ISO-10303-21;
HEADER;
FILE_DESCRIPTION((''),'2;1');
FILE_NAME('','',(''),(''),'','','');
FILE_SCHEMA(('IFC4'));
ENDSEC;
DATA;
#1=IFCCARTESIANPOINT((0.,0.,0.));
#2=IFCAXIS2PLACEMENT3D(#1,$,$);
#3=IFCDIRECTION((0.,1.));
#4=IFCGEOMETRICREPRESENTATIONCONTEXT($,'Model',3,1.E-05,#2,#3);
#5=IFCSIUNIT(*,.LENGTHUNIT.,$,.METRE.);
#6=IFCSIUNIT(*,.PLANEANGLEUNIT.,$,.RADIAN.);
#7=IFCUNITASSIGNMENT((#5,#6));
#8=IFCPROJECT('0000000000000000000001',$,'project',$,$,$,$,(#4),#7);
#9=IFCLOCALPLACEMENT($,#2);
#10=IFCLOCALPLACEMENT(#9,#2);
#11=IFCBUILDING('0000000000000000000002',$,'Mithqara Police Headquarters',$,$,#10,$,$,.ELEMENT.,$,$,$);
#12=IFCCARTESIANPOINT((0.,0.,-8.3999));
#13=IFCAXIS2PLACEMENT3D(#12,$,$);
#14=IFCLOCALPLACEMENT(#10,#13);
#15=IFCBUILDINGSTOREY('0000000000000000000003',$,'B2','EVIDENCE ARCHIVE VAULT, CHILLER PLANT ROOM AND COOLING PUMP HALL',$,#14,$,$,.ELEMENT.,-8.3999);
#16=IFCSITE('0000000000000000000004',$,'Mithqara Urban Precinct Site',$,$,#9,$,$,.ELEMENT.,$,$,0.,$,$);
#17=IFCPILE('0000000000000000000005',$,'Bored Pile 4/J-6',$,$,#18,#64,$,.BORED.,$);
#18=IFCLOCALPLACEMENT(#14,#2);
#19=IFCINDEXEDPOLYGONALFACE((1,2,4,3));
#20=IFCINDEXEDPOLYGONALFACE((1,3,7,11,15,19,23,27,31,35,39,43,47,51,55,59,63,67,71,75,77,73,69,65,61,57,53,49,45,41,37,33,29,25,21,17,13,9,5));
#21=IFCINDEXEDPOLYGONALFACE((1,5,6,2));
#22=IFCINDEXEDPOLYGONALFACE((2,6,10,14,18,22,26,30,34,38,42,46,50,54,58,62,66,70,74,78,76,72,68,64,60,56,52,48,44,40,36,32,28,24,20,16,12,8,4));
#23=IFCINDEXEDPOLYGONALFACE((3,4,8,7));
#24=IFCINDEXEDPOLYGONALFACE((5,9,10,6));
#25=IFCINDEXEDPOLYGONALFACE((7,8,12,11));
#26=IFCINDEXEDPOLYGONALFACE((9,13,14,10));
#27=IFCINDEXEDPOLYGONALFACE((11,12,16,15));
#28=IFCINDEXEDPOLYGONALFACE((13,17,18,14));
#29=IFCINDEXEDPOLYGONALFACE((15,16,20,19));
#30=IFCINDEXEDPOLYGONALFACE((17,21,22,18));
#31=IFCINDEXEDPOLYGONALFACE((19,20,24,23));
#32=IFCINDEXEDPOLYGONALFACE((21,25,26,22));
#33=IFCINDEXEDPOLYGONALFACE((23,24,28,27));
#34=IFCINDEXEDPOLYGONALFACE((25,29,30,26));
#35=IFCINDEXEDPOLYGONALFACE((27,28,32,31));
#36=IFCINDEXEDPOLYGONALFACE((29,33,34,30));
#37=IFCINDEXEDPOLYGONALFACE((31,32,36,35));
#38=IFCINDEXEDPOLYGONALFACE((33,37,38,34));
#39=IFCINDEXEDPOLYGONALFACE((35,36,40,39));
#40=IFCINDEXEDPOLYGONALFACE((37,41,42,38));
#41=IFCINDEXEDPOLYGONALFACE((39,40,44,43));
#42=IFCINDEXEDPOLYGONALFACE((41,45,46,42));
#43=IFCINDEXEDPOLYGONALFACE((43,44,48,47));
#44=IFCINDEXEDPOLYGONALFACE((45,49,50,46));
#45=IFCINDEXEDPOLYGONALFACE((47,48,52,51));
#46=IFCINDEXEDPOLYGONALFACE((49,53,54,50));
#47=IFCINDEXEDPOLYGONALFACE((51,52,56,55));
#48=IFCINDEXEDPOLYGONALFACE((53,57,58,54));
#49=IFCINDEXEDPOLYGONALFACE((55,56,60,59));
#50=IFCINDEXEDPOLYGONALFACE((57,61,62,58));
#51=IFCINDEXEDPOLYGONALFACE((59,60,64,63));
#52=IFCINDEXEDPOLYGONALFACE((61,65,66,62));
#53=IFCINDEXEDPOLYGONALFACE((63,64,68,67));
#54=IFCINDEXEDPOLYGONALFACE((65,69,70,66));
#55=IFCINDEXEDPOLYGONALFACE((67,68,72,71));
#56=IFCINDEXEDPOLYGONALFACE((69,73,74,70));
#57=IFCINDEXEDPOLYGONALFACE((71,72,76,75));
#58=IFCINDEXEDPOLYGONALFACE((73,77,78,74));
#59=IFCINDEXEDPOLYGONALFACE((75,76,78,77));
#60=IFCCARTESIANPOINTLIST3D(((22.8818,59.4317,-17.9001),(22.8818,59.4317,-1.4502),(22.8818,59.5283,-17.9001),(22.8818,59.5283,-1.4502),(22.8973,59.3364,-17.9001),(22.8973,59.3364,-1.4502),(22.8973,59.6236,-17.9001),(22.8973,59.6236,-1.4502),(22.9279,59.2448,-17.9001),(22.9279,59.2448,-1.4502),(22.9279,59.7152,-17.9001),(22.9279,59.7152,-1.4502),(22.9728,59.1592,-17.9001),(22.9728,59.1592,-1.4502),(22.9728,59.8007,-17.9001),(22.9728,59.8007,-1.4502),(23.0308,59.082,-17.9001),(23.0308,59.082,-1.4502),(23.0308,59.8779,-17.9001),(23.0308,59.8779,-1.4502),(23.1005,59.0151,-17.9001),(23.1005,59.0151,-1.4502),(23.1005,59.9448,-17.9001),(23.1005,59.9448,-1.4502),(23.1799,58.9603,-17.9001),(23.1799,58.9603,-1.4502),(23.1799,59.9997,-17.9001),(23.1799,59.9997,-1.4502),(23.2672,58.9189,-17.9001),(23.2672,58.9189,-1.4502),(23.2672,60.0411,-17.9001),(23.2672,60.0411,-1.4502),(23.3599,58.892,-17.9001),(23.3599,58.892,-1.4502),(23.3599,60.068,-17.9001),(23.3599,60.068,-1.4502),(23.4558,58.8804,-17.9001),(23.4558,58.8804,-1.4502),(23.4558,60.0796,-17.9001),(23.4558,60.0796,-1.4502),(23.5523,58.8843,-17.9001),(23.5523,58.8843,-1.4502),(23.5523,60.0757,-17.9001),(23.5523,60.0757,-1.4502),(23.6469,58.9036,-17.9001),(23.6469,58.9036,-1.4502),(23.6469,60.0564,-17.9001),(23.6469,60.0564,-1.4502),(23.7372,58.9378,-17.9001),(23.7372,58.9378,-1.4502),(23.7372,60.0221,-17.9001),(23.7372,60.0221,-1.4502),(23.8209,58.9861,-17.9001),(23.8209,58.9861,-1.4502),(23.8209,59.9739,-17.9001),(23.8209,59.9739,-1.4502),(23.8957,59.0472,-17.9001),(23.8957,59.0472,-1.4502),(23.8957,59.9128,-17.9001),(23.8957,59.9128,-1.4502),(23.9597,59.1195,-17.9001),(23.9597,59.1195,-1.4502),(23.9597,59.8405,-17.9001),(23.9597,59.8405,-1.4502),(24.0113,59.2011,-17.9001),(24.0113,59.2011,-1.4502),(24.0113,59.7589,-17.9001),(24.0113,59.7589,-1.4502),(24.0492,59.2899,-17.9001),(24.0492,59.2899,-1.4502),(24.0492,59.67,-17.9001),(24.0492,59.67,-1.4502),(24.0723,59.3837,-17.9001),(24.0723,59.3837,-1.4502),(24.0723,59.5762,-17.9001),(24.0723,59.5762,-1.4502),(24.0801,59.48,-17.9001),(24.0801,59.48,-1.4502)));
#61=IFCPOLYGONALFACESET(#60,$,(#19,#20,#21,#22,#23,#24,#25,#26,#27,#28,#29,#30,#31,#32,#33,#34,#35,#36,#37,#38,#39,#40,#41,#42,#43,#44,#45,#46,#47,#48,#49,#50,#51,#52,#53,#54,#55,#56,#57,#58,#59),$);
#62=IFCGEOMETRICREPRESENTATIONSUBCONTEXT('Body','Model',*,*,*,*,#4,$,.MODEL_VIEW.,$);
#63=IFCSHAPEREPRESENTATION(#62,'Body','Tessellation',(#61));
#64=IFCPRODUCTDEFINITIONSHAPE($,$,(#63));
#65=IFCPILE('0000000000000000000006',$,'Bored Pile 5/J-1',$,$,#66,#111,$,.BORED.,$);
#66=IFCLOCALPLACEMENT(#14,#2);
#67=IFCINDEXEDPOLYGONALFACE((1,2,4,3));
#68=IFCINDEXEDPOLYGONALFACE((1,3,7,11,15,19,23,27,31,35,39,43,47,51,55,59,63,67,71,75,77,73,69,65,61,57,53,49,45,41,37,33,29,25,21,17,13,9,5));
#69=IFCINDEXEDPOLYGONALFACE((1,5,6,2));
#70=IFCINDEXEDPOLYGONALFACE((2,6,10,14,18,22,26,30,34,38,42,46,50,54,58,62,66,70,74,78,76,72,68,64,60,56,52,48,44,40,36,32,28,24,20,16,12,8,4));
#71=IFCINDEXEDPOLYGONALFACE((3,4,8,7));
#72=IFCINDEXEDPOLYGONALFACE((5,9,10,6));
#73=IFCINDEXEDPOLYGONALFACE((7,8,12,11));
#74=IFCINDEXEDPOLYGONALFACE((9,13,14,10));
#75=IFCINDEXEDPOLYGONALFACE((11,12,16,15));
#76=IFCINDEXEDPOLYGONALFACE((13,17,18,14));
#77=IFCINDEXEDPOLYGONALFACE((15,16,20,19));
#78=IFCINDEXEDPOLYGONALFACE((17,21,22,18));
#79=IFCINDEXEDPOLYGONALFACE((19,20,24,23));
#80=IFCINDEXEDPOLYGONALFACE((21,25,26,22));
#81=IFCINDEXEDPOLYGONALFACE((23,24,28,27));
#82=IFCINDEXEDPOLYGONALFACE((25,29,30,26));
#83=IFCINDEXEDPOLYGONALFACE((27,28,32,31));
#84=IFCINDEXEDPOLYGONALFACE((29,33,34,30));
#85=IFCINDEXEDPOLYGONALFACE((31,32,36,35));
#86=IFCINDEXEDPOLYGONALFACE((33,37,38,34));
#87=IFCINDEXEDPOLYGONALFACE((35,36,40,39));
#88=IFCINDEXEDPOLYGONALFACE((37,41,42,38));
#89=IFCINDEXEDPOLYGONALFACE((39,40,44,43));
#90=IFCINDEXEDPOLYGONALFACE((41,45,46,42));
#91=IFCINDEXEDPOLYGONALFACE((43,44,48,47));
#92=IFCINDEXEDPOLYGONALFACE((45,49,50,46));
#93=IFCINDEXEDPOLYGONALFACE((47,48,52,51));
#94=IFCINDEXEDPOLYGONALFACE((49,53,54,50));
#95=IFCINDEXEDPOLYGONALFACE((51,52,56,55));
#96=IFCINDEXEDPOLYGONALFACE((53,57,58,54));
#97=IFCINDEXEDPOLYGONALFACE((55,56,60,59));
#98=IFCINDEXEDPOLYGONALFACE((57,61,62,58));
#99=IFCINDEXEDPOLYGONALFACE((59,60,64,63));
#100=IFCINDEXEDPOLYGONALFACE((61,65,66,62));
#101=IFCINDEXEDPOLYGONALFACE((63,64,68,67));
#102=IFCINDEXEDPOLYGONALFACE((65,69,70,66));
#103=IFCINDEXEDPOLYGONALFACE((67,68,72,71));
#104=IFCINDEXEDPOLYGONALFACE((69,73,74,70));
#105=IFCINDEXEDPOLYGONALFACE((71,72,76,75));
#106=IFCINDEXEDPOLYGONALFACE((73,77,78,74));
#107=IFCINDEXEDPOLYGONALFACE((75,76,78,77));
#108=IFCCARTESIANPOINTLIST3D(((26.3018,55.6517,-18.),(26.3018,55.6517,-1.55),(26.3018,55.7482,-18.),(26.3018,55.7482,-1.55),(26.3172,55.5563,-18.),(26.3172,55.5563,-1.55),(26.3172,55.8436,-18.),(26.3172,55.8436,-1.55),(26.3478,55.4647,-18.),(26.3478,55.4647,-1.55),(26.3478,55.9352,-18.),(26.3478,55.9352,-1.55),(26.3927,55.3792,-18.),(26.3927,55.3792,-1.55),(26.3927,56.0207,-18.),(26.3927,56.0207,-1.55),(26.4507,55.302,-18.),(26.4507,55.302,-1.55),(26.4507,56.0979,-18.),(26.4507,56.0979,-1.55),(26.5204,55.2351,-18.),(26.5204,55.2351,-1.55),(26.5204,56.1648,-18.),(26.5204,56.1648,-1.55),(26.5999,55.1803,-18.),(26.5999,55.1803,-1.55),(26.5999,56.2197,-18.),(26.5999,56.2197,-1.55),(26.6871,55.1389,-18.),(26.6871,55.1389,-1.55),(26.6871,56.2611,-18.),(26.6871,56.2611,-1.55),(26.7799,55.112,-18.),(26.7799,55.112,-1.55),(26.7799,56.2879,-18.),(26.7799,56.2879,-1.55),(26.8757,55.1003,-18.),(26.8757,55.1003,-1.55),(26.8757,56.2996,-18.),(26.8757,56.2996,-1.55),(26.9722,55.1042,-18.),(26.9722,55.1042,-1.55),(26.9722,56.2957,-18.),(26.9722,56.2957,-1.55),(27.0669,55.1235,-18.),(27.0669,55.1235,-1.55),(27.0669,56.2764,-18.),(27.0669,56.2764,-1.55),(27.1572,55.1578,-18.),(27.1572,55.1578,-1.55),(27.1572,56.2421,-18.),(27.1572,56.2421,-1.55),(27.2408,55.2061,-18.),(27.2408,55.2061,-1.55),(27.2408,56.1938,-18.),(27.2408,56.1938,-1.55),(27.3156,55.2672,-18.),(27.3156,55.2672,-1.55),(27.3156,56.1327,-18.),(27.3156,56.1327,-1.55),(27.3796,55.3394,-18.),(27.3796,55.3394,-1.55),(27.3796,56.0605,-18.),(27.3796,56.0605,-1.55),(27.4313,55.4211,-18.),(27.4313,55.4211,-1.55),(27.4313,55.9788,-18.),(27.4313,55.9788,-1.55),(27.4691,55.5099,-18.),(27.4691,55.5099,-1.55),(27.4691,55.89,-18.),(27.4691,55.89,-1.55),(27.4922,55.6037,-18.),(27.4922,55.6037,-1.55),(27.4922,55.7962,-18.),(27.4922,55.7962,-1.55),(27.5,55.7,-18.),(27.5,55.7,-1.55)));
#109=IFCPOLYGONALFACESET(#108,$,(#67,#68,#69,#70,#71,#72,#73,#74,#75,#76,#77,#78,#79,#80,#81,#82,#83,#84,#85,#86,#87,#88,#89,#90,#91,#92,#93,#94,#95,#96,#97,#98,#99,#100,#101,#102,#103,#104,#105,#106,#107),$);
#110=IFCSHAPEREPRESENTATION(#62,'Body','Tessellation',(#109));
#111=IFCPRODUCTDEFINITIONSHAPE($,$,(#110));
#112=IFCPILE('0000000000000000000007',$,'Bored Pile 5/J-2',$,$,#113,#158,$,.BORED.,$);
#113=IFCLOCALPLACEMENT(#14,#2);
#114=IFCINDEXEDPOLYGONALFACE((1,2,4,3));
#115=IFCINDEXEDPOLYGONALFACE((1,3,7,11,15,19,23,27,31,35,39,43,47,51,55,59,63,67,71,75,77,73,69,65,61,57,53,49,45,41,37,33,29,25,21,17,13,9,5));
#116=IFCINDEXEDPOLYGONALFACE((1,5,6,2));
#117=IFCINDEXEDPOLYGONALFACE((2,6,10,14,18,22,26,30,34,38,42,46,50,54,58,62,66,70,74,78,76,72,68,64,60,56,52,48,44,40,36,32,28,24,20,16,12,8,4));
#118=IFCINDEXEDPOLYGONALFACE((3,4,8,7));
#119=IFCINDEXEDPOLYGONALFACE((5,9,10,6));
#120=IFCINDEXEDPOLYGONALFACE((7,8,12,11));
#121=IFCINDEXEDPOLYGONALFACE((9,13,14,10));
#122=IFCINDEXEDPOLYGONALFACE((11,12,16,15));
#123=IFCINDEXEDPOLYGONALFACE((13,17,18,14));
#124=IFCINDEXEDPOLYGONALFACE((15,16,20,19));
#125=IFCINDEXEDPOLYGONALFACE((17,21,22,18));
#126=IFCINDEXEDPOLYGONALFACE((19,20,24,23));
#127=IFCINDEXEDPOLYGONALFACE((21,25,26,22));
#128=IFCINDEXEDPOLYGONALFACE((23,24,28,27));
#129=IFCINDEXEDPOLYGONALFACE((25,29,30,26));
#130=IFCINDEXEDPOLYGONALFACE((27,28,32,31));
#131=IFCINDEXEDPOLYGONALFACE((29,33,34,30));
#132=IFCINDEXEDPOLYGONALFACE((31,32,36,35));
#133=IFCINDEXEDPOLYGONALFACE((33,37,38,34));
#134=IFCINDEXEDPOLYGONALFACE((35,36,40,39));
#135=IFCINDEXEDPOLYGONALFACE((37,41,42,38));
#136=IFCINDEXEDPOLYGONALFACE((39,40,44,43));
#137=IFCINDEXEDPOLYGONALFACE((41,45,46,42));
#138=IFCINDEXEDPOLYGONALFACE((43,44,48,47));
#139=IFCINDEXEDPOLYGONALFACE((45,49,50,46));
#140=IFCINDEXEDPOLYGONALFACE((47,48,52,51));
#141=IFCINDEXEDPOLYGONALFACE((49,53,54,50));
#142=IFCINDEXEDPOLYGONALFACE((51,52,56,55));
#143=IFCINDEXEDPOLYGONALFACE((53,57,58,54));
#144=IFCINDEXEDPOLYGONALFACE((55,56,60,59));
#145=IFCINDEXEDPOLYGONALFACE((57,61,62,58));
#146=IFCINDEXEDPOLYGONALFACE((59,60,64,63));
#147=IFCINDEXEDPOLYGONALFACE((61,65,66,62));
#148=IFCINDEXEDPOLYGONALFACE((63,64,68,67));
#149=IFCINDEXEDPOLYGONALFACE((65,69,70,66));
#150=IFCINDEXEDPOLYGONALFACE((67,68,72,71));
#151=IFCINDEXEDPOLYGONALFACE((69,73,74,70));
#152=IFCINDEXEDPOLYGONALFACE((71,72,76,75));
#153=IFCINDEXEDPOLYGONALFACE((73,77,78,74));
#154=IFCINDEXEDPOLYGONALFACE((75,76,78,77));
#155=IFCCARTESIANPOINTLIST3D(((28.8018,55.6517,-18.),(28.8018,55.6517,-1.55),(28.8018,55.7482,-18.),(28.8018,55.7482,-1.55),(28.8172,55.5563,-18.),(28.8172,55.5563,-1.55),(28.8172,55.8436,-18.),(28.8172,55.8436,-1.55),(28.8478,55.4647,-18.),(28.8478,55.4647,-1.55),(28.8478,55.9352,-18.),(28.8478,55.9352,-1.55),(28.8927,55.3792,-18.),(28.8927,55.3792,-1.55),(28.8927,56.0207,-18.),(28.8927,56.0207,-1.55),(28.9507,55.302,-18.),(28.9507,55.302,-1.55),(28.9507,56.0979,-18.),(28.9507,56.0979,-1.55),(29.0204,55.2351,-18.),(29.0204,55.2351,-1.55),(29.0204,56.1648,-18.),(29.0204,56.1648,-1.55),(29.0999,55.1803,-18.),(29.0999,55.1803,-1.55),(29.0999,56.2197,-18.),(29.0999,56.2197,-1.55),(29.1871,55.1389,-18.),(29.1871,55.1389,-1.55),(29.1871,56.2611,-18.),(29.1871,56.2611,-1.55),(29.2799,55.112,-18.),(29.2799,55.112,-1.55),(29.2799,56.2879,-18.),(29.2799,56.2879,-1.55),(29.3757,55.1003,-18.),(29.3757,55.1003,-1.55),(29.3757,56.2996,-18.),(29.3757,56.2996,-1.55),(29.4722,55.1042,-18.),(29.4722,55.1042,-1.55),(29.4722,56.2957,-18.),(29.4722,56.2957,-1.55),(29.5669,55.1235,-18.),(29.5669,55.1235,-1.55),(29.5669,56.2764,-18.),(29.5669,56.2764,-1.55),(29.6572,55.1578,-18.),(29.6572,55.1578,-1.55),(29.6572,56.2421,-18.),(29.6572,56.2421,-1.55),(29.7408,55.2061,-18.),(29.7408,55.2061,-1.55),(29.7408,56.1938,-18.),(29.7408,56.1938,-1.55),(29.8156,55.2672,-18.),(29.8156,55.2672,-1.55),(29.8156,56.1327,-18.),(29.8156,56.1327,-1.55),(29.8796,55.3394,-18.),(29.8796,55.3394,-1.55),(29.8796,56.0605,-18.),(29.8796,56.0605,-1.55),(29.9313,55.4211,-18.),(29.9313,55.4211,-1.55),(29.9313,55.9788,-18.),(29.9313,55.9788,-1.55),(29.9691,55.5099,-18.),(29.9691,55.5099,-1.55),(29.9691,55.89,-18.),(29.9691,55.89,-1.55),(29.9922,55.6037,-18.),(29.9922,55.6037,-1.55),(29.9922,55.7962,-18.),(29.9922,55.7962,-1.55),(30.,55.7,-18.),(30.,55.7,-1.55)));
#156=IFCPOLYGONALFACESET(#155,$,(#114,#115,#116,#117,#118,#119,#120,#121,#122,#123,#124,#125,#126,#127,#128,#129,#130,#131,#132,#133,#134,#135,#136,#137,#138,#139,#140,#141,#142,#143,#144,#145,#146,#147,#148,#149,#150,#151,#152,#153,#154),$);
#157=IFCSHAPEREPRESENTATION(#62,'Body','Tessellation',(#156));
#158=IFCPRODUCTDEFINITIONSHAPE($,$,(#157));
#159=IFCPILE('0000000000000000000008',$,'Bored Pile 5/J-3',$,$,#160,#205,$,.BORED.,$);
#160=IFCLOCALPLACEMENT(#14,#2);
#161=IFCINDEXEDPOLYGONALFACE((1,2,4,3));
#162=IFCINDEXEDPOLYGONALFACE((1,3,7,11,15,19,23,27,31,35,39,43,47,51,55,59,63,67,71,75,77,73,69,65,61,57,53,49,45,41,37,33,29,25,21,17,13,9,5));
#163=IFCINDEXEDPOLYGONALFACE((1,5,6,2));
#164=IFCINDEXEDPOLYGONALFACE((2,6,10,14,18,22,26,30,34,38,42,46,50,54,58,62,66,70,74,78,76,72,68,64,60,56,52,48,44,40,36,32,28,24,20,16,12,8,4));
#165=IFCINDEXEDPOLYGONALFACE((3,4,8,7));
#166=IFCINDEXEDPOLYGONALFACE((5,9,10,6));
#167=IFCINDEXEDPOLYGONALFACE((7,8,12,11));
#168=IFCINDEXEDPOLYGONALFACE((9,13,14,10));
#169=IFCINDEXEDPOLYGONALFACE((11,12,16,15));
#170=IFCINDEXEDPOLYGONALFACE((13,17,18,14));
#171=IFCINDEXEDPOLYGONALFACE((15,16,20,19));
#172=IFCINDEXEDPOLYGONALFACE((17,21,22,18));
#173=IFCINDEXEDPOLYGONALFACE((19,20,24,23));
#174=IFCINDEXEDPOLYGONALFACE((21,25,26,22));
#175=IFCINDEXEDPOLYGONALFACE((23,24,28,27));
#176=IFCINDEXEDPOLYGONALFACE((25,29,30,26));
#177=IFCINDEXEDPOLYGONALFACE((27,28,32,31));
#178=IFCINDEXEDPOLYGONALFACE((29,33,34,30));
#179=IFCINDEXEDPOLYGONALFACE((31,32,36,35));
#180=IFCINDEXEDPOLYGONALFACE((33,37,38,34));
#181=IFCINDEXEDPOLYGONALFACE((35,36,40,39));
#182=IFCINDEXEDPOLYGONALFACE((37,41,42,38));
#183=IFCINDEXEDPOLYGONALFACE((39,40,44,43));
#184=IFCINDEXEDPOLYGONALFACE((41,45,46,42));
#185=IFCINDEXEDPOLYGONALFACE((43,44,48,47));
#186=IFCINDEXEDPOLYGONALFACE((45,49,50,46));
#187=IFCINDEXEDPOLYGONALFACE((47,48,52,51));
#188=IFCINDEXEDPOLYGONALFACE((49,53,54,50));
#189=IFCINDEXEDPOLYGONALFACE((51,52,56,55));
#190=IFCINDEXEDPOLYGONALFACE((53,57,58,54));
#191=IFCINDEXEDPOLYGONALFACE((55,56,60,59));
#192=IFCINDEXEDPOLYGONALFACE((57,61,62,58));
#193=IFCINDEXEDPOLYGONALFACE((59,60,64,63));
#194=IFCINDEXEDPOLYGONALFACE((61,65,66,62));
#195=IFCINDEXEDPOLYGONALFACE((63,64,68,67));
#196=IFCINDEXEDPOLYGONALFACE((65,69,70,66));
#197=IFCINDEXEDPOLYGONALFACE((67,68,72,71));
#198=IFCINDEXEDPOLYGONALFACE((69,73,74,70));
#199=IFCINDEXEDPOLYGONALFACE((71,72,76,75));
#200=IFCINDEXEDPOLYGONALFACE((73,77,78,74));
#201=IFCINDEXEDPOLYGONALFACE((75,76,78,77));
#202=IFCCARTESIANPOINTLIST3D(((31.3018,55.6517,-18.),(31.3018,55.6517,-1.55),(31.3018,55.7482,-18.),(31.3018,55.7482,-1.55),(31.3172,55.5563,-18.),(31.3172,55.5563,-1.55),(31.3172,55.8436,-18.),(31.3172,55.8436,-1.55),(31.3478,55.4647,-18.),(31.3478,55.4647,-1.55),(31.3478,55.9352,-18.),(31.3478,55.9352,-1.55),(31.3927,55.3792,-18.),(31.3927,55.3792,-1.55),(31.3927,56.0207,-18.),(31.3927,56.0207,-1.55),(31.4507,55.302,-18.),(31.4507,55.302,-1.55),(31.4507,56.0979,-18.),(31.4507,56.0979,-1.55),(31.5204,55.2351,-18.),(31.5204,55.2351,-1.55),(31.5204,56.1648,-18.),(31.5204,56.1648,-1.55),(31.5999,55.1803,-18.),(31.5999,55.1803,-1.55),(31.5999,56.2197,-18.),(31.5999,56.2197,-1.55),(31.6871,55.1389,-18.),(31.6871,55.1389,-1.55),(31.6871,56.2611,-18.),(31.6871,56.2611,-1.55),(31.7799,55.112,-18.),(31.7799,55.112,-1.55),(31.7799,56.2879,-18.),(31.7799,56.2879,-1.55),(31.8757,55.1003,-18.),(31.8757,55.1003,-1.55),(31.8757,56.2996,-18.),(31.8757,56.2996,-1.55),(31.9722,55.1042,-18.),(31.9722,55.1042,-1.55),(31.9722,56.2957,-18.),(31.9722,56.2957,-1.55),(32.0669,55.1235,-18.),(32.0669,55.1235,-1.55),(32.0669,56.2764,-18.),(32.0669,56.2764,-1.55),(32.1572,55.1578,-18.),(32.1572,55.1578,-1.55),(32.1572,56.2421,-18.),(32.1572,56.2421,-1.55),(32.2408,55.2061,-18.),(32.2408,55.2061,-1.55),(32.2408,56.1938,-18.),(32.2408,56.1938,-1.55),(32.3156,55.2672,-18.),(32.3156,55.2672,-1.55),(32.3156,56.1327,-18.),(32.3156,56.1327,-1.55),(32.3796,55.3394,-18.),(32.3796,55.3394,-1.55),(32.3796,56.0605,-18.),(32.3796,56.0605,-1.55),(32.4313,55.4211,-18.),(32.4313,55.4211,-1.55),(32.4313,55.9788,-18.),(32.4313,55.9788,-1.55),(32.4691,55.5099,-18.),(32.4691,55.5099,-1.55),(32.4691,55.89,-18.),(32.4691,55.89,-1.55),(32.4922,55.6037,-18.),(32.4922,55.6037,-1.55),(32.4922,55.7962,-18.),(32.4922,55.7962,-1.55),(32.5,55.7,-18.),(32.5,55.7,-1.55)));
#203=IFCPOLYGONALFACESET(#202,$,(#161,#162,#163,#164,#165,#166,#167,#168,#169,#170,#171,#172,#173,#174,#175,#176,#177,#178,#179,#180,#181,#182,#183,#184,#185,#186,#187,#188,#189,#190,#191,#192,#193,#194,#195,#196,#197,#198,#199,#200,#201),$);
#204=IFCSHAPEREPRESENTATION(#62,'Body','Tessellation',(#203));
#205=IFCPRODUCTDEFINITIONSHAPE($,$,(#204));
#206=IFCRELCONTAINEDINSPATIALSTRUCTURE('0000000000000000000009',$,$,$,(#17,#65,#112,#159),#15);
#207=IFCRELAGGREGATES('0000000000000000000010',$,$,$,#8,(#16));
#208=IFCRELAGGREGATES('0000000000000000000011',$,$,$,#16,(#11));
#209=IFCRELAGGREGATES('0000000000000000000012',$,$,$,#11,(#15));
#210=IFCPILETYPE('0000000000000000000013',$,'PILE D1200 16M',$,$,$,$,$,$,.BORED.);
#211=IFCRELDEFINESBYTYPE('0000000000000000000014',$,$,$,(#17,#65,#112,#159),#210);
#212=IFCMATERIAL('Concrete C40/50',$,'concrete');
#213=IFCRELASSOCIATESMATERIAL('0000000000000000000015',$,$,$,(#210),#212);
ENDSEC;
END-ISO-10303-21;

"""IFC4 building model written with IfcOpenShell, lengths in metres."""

from ifc_helpers import new_model, si_unit, direction, frame, origin, origin_2d, place, context, subcontext, project, spatial, circle, extrude, material, material_profile, profile_set, type_object, element, save


model = new_model("IFC4")

# Units and contexts
model_context = context("Model", 3, precision=1e-05, world=origin(), true_north=direction((0.0, 1.0)))
body_context = subcontext(model_context, "Body", "Model", "MODEL_VIEW")
ifc_project = project(units=[si_unit("LENGTHUNIT", "METRE"), si_unit("PLANEANGLEUNIT", "RADIAN")], contexts=[model_context])

# Site, building, storey
site_placement = place(None, origin())
site = spatial("IfcSite", under=ifc_project, at=site_placement, Name="Mithqara Urban Precinct Site", CompositionType="ELEMENT", RefElevation=0.0)
building_placement = place(site_placement, origin())
building = spatial("IfcBuilding", under=site, at=building_placement, Name="Mithqara Police Headquarters", CompositionType="ELEMENT")
storey_placement = place(building_placement, frame((0.0, 0.0, -8.3999)))
storey = spatial("IfcBuildingStorey", under=building, at=storey_placement, Name="B2", Description="EVIDENCE ARCHIVE VAULT, CHILLER PLANT ROOM AND COOLING PUMP HALL", CompositionType="ELEMENT", Elevation=-8.3999)

# Shared definitions
ifc_material_1 = material(Name="Concrete C40/50", Category="concrete")

# Piles
ifc_material_profile_1 = material_profile(ifc_material_1, circle(Radius=0.6001, at=origin_2d()), Name="PILE D1200")
ifc_profile_set_1 = profile_set([ifc_material_profile_1], Name="Concrete C40/50")
pile_type_1 = type_object("IfcPileType", Name="PILE D1200 16M", PredefinedType="BORED", material=ifc_profile_set_1)
for number, where, z_axis, x_axis, name in (
    (1, (23.48, 59.48, -1.4502), (0.0, 0.0, -1.0), (1.0, 0.0, 0.0), "Bored Pile 4/J-6"),
    (2, (26.8999, 55.7, -1.55), (0.0, 0.0, -1.0), (1.0, 0.0, 0.0), "Bored Pile 5/J-1"),
    (3, (29.3999, 55.7, -1.55), (0.0, 0.0, -1.0), (1.0, 0.0, 0.0), "Bored Pile 5/J-2"),
    (4, (31.8999, 55.7, -1.55), (0.0, 0.0, -1.0), (1.0, 0.0, 0.0), "Bored Pile 5/J-3"),
):
    element("IfcPile", number, at=place(storey_placement, frame(where, z_axis=z_axis, x_axis=x_axis)), inside=storey, type_object=pile_type_1, Name=name, PredefinedType="BORED", context=body_context, shape_type="SweptSolid", body=[
        extrude(circle(Radius=0.6001, at=origin_2d()), origin(), (0.0, 0.0, 1.0), 16.45),
    ])

save(model, "model.ifc")
